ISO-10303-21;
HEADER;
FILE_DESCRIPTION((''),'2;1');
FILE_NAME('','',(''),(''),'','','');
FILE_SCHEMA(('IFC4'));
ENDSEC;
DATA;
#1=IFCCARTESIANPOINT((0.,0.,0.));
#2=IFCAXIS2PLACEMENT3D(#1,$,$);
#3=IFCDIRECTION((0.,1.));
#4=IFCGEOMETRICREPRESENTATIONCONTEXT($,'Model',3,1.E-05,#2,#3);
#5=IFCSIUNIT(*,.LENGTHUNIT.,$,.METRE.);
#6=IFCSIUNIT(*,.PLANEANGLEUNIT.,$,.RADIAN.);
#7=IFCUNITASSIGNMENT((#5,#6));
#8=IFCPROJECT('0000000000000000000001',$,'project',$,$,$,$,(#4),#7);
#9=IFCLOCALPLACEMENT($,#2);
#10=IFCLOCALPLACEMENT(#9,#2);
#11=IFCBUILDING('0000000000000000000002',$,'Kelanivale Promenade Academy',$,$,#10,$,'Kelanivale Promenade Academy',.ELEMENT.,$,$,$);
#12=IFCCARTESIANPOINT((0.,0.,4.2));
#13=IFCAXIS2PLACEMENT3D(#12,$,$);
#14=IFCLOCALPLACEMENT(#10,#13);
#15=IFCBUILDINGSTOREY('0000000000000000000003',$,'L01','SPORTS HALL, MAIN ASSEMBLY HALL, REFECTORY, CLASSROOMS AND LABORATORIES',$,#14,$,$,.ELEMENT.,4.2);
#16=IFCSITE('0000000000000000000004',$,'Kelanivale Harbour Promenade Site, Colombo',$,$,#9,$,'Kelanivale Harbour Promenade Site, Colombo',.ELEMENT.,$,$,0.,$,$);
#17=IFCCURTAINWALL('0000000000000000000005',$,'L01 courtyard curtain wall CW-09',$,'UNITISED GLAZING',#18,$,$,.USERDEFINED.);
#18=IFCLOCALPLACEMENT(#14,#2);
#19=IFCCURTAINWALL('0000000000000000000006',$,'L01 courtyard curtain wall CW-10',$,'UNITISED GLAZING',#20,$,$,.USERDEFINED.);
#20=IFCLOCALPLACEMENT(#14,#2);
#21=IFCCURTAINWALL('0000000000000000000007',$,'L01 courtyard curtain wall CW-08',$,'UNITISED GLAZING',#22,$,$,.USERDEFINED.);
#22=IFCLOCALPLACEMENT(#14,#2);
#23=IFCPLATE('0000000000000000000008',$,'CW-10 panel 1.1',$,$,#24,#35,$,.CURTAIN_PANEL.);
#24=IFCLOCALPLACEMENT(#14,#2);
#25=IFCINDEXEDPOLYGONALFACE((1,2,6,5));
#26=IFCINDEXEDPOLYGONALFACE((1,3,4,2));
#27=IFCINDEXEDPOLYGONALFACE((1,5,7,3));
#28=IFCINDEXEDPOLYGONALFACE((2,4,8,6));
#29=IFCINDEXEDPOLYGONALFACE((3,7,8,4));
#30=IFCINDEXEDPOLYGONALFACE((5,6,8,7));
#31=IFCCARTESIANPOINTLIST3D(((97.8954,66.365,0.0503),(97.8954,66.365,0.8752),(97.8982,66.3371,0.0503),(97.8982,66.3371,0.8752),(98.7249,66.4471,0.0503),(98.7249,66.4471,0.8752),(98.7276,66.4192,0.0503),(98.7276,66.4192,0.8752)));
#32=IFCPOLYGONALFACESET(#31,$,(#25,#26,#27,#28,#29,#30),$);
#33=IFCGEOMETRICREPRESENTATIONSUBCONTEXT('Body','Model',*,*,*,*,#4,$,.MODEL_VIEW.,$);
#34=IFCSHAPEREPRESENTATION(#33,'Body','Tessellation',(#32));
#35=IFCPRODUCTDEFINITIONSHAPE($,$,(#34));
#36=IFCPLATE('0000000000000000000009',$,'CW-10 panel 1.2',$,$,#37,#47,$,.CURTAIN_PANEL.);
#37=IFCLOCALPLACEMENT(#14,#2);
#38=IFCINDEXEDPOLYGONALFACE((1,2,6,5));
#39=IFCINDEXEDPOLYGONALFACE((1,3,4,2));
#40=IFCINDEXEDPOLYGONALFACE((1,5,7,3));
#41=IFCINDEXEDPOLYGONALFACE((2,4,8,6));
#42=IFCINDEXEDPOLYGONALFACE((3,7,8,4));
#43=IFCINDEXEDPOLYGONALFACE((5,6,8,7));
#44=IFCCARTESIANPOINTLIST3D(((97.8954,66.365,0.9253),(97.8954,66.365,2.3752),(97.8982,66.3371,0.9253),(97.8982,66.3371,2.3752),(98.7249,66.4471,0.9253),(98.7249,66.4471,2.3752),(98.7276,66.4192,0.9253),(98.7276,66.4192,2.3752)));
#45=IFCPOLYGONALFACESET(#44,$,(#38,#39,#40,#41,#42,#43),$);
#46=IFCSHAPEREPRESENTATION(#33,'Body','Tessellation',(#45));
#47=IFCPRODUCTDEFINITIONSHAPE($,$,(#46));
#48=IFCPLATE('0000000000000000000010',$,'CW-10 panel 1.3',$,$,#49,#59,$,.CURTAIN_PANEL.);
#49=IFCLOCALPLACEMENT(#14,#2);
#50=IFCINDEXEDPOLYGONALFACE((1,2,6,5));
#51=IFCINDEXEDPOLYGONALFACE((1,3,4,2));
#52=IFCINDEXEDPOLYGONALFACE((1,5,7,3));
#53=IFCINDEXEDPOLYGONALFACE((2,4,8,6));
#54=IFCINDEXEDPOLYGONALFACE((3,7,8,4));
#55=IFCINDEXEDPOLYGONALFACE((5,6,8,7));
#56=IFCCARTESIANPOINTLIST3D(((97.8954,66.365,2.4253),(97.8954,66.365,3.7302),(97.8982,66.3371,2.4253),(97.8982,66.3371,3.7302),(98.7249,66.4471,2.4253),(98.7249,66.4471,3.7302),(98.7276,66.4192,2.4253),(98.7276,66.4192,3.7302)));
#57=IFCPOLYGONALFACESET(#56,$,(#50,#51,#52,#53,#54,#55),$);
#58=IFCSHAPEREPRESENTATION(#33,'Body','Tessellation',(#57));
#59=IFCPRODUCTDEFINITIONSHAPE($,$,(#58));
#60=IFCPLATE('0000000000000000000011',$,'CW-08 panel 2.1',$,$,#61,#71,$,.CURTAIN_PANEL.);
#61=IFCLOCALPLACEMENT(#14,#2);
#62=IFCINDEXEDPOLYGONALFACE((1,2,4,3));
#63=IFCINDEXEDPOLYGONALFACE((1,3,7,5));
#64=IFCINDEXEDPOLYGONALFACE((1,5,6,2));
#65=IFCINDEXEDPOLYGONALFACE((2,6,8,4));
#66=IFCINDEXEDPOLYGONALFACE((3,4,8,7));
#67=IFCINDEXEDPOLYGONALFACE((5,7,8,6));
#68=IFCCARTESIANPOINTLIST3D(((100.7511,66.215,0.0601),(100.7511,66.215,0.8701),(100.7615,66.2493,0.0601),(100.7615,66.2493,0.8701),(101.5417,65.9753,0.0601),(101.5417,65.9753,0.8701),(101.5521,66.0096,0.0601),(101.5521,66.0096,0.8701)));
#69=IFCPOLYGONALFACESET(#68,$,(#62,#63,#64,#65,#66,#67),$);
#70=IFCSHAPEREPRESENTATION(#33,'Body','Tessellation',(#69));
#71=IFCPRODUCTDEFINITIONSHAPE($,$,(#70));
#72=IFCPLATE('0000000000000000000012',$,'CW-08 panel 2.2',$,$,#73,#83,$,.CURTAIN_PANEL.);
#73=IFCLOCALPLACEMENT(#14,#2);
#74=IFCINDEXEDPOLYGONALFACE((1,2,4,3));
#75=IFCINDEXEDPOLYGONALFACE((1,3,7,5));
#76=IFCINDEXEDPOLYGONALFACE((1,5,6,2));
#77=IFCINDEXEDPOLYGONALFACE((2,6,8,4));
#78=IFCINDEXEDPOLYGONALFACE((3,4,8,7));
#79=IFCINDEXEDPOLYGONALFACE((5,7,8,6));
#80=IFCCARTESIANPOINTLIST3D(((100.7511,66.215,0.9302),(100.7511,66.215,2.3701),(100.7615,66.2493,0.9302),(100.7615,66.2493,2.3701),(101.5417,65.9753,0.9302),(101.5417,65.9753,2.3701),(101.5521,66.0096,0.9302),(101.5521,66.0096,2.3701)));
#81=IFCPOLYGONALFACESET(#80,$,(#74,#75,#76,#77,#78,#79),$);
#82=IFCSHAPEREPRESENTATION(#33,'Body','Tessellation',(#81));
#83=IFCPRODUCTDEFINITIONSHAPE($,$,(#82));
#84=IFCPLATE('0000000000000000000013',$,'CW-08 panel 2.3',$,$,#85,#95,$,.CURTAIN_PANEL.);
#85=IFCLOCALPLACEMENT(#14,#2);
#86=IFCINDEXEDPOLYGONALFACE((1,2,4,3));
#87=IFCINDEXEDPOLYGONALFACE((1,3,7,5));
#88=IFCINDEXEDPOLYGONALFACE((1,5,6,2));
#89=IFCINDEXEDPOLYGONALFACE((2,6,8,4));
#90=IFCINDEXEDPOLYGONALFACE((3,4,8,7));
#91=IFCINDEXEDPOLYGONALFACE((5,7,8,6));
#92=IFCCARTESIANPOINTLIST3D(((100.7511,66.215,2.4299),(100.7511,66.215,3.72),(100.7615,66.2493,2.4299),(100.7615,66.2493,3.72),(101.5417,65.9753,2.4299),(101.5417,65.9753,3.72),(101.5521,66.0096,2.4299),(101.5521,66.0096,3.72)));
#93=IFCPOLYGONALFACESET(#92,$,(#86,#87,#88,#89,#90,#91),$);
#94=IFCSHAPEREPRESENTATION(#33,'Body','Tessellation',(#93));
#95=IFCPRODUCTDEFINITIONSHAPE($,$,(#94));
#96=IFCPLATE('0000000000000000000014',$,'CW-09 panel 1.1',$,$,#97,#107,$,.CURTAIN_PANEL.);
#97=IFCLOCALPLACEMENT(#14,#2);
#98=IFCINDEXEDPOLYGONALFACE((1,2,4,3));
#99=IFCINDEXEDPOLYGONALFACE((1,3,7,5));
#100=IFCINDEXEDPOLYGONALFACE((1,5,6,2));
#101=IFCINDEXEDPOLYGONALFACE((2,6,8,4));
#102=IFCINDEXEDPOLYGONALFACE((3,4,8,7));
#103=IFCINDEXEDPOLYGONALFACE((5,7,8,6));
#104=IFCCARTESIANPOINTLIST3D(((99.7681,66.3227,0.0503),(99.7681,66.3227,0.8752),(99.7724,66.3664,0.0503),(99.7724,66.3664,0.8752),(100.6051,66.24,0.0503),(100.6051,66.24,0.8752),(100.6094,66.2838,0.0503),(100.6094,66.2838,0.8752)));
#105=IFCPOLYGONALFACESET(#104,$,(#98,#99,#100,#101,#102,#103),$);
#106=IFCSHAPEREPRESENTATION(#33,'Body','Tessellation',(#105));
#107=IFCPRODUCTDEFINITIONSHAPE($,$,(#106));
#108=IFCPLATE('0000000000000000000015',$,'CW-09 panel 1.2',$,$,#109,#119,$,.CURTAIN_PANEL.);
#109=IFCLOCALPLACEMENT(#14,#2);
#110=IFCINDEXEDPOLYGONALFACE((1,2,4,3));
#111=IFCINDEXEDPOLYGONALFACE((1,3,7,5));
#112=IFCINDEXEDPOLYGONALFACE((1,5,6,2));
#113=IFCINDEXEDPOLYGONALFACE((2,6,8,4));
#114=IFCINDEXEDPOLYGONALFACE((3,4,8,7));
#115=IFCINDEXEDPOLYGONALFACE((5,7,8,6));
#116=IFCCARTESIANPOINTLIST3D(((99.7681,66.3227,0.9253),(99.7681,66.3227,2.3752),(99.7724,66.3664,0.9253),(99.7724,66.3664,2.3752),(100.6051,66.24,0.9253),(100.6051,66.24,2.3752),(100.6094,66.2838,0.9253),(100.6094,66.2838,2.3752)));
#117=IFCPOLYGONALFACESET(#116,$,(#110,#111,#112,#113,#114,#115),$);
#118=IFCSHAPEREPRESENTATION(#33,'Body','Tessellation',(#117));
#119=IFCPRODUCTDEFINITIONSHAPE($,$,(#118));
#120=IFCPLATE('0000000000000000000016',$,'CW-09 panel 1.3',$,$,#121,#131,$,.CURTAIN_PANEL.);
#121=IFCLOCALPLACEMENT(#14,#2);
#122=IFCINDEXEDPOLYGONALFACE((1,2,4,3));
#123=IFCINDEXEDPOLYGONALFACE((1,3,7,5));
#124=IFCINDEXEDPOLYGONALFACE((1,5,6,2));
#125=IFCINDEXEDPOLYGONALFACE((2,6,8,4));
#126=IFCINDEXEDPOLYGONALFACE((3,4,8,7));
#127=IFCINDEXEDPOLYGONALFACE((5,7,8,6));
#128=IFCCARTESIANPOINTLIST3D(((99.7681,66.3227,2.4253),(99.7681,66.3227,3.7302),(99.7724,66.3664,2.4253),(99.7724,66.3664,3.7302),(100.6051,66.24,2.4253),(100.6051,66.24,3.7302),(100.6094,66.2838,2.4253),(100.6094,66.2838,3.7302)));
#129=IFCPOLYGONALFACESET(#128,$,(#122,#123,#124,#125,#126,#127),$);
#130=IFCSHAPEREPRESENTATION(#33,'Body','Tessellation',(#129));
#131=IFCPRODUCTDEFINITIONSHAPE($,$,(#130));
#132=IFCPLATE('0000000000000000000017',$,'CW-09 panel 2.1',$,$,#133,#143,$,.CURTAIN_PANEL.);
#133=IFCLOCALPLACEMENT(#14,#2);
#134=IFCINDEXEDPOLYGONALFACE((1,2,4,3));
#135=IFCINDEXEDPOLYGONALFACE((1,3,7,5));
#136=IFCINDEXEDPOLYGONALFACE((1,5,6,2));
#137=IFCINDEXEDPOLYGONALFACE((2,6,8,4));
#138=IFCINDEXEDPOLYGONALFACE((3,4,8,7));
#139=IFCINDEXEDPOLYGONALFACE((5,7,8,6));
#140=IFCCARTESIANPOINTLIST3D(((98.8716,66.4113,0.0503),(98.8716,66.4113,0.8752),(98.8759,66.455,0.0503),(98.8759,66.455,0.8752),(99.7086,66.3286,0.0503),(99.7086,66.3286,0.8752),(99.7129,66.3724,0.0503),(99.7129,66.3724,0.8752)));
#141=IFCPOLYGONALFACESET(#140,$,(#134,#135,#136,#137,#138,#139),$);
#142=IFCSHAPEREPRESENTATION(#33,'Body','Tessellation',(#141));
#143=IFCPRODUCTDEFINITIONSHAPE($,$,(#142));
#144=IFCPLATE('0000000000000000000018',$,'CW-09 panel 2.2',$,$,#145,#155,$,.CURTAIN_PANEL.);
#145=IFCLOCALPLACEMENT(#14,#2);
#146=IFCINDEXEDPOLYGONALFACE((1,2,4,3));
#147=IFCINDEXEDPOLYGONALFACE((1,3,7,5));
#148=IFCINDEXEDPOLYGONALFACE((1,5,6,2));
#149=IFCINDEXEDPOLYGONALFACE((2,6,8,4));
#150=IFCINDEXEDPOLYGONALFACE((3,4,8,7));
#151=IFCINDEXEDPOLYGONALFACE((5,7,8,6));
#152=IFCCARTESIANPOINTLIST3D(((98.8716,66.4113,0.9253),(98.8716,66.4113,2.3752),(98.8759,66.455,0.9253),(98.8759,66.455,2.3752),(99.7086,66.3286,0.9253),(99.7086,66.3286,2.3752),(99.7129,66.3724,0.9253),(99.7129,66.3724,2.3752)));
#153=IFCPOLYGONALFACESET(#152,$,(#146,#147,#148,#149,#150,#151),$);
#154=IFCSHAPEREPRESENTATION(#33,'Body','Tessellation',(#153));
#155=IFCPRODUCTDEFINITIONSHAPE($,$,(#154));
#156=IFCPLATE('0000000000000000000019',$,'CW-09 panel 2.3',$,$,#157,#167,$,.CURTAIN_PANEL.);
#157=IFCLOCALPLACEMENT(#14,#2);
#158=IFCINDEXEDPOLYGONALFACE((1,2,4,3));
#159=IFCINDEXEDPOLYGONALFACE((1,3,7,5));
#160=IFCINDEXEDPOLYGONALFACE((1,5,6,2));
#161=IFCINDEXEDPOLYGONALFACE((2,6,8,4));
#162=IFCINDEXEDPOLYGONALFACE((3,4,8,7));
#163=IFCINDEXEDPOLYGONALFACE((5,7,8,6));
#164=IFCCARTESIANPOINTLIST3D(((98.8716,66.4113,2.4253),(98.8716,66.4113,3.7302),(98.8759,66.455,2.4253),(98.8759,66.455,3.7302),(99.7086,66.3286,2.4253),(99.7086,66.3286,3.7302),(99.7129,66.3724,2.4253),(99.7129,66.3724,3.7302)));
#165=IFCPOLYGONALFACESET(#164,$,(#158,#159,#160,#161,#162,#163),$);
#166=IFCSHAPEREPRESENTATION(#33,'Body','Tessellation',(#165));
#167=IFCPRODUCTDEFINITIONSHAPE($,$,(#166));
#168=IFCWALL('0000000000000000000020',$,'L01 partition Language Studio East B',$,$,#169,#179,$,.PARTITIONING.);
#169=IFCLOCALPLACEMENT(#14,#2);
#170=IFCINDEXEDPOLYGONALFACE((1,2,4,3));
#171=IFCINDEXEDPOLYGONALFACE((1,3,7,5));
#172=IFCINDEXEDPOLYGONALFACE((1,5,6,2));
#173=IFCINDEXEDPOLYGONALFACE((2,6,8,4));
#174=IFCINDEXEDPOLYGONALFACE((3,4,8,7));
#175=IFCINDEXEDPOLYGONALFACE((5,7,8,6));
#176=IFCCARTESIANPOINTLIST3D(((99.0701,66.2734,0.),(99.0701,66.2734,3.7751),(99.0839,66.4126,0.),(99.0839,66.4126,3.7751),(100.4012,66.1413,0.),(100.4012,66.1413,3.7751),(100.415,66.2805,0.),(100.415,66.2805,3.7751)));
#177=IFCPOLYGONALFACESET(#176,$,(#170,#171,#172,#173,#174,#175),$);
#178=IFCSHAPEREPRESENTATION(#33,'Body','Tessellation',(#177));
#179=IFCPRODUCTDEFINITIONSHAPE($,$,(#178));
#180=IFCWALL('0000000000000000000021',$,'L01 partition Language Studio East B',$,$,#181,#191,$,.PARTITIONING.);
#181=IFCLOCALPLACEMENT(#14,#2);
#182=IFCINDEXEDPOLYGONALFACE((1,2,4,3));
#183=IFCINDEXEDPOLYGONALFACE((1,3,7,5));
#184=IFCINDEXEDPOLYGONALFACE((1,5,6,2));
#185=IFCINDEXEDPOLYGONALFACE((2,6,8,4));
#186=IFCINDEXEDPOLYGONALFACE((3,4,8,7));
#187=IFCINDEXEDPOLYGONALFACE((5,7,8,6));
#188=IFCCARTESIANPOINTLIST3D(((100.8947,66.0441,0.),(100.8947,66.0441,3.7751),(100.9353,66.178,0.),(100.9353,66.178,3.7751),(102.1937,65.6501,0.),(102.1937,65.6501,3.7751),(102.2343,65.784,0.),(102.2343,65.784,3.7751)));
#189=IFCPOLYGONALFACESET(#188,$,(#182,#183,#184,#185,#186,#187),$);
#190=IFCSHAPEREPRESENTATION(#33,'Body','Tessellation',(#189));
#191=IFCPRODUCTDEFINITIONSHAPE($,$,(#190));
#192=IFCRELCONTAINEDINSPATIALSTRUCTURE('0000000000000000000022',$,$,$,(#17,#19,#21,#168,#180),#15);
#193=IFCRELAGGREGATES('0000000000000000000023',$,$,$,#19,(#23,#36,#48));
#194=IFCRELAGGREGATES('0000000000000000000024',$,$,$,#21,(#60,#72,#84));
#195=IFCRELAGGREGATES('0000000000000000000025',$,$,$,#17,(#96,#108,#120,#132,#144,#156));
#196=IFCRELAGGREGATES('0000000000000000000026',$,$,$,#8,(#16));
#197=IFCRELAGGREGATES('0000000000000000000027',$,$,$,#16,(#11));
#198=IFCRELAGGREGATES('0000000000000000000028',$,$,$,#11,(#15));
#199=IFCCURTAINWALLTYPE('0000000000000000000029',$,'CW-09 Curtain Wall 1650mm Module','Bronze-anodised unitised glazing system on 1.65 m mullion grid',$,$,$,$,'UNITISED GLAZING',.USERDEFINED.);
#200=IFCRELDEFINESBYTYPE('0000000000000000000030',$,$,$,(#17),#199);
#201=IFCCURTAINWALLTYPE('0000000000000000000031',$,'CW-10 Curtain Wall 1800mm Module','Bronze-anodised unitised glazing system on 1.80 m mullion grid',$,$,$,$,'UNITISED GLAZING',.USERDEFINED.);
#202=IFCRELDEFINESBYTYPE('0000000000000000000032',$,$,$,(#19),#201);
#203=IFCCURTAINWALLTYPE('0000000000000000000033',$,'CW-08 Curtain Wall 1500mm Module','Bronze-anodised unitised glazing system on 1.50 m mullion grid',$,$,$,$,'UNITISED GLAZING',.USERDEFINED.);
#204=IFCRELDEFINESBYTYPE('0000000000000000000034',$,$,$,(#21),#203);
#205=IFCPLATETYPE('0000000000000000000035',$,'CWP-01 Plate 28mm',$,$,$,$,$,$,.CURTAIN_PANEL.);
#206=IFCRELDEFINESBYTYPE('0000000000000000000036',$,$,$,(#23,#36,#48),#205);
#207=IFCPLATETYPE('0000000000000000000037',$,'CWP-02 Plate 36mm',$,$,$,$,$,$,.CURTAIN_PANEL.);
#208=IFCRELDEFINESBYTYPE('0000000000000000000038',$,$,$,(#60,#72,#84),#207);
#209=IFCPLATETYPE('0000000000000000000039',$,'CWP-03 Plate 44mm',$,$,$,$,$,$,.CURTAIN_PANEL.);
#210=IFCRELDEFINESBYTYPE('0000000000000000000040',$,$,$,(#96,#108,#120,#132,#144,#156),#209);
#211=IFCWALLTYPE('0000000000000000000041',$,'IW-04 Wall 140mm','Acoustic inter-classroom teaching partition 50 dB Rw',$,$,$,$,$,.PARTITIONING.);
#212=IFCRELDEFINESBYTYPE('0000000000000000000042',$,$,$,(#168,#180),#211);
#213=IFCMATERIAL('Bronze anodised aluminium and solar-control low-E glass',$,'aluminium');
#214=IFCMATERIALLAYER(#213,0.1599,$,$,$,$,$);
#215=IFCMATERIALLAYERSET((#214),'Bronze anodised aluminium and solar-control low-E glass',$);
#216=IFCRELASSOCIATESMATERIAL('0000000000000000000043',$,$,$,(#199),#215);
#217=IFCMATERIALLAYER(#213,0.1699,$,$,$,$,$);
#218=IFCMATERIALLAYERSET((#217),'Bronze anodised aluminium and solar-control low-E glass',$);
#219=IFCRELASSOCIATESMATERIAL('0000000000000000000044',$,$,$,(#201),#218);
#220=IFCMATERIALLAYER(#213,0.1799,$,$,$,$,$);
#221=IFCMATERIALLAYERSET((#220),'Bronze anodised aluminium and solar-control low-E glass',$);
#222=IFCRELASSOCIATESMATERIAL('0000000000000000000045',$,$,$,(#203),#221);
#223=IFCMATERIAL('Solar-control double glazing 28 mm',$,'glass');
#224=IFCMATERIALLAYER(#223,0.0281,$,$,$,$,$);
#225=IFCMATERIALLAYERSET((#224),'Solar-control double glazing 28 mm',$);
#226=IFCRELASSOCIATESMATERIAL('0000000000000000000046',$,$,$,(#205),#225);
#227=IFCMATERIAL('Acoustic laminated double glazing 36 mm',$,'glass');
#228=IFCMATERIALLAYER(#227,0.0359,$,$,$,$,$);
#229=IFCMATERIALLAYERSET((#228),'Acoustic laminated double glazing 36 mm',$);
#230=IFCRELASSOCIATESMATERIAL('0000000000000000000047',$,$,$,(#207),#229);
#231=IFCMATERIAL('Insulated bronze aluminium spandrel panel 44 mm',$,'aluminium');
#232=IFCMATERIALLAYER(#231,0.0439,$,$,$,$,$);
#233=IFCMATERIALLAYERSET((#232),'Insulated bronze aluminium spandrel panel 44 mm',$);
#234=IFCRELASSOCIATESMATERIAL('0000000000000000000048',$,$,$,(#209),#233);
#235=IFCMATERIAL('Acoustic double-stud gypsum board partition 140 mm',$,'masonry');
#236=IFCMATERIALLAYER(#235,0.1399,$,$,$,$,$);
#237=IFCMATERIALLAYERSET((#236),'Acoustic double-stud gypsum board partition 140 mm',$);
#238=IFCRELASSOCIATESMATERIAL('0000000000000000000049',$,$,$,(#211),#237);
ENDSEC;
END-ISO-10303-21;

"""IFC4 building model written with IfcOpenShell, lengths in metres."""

from ifc_helpers import new_model, si_unit, direction, frame, frame_2d, origin, origin_2d, place, context, subcontext, project, spatial, rectangle, extrude, material, layer, layer_set, type_object, element, aggregate, save


model = new_model("IFC4")

# Units and contexts
model_context = context("Model", 3, precision=1e-05, world=origin(), true_north=direction((0.0, 1.0)))
body_context = subcontext(model_context, "Body", "Model", "MODEL_VIEW")
ifc_project = project(units=[si_unit("LENGTHUNIT", "METRE"), si_unit("PLANEANGLEUNIT", "RADIAN")], contexts=[model_context])

# Site, building, storey
site_placement = place(None, origin())
site = spatial("IfcSite", under=ifc_project, at=site_placement, Name="Kelanivale Harbour Promenade Site, Colombo", LongName="Kelanivale Harbour Promenade Site, Colombo", CompositionType="ELEMENT", RefElevation=0.0)
building_placement = place(site_placement, origin())
building = spatial("IfcBuilding", under=site, at=building_placement, Name="Kelanivale Promenade Academy", LongName="Kelanivale Promenade Academy", CompositionType="ELEMENT")
storey_placement = place(building_placement, frame((0.0, 0.0, 4.2)))
storey = spatial("IfcBuildingStorey", under=building, at=storey_placement, Name="L01", Description="SPORTS HALL, MAIN ASSEMBLY HALL, REFECTORY, CLASSROOMS AND LABORATORIES", CompositionType="ELEMENT", Elevation=4.2)

# Curtain wall
ifc_material_1 = material(Name="Bronze anodised aluminium and solar-control low-E glass", Category="aluminium")
ifc_layer_1 = layer(ifc_material_1, 0.1599)
ifc_layer_set_1 = layer_set([ifc_layer_1], Name="Bronze anodised aluminium and solar-control low-E glass")
curtain_wall_type_1 = type_object("IfcCurtainWallType", Name="CW-09 Curtain Wall 1650mm Module", Description="Bronze-anodised unitised glazing system on 1.65 m mullion grid", ElementType="UNITISED GLAZING", PredefinedType="USERDEFINED", material=ifc_layer_set_1)
curtain_wall_1_placement = place(storey_placement, origin())
curtain_wall_1 = element("IfcCurtainWall", 1, at=curtain_wall_1_placement, inside=storey, type_object=curtain_wall_type_1, Name="L01 courtyard curtain wall CW-09", ObjectType="UNITISED GLAZING", PredefinedType="USERDEFINED")

# Curtain walls
ifc_layer_2 = layer(ifc_material_1, 0.1699)
ifc_layer_set_2 = layer_set([ifc_layer_2], Name="Bronze anodised aluminium and solar-control low-E glass")
curtain_wall_type_2 = type_object("IfcCurtainWallType", Name="CW-10 Curtain Wall 1800mm Module", Description="Bronze-anodised unitised glazing system on 1.80 m mullion grid", ElementType="UNITISED GLAZING", PredefinedType="USERDEFINED", material=ifc_layer_set_2)
curtain_wall_2_placement = place(storey_placement, origin())
curtain_wall_2 = element("IfcCurtainWall", 2, at=curtain_wall_2_placement, inside=storey, type_object=curtain_wall_type_2, Name="L01 courtyard curtain wall CW-10", ObjectType="UNITISED GLAZING", PredefinedType="USERDEFINED")
ifc_layer_3 = layer(ifc_material_1, 0.1799)
ifc_layer_set_3 = layer_set([ifc_layer_3], Name="Bronze anodised aluminium and solar-control low-E glass")
curtain_wall_type_3 = type_object("IfcCurtainWallType", Name="CW-08 Curtain Wall 1500mm Module", Description="Bronze-anodised unitised glazing system on 1.50 m mullion grid", ElementType="UNITISED GLAZING", PredefinedType="USERDEFINED", material=ifc_layer_set_3)
curtain_wall_3_placement = place(storey_placement, origin())
curtain_wall_3 = element("IfcCurtainWall", 3, at=curtain_wall_3_placement, inside=storey, type_object=curtain_wall_type_3, Name="L01 courtyard curtain wall CW-08", ObjectType="UNITISED GLAZING", PredefinedType="USERDEFINED")

# Plates
ifc_material_2 = material(Name="Solar-control double glazing 28 mm", Category="glass")
ifc_layer_4 = layer(ifc_material_2, 0.0281)
ifc_layer_set_4 = layer_set([ifc_layer_4], Name="Solar-control double glazing 28 mm")
plate_type_1 = type_object("IfcPlateType", Name="CWP-01 Plate 28mm", PredefinedType="CURTAIN_PANEL", material=ifc_layer_set_4)
plate_1_placement = place(storey_placement, frame((98.3115, 66.3921, 0.0503), z_axis=(0.0, 0.0, 1.0), x_axis=(-0.995133, -0.098539, 0.0)))
plate_1 = element("IfcPlate", 4, at=plate_1_placement, type_object=plate_type_1, Name="CW-10 panel 1.1", PredefinedType="CURTAIN_PANEL", context=body_context, shape_type="SweptSolid", body=[
    extrude(rectangle(XDim=0.8335, YDim=0.0281, at=origin_2d()), origin(), (0.0, 0.0, 1.0), 0.825),
])
plate_2_placement = place(storey_placement, frame((98.3115, 66.3921, 0.9253), z_axis=(0.0, 0.0, 1.0), x_axis=(-0.995133, -0.098539, 0.0)))
plate_2 = element("IfcPlate", 5, at=plate_2_placement, type_object=plate_type_1, Name="CW-10 panel 1.2", PredefinedType="CURTAIN_PANEL", context=body_context, shape_type="SweptSolid", body=[
    extrude(rectangle(XDim=0.8335, YDim=0.0281, at=origin_2d()), origin(), (0.0, 0.0, 1.0), 1.45),
])
plate_3_placement = place(storey_placement, frame((98.3115, 66.3921, 2.4253), z_axis=(0.0, 0.0, 1.0), x_axis=(-0.995133, -0.098539, 0.0)))
plate_3 = element("IfcPlate", 6, at=plate_3_placement, type_object=plate_type_1, Name="CW-10 panel 1.3", PredefinedType="CURTAIN_PANEL", context=body_context, shape_type="SweptSolid", body=[
    extrude(rectangle(XDim=0.8335, YDim=0.0281, at=origin_2d()), origin(), (0.0, 0.0, 1.0), 1.3049),
])
aggregate(curtain_wall_2, [plate_1, plate_2, plate_3])
ifc_material_3 = material(Name="Acoustic laminated double glazing 36 mm", Category="glass")
ifc_layer_5 = layer(ifc_material_3, 0.0359)
ifc_layer_set_5 = layer_set([ifc_layer_5], Name="Acoustic laminated double glazing 36 mm")
plate_type_2 = type_object("IfcPlateType", Name="CWP-02 Plate 36mm", PredefinedType="CURTAIN_PANEL", material=ifc_layer_set_5)
plate_4_placement = place(storey_placement, frame((101.1516, 66.1123, 0.0601), z_axis=(0.0, 0.0, 1.0), x_axis=(-0.956988, 0.290128, 0.0)))
plate_4 = element("IfcPlate", 7, at=plate_4_placement, type_object=plate_type_2, Name="CW-08 panel 2.1", PredefinedType="CURTAIN_PANEL", context=body_context, shape_type="SweptSolid", body=[
    extrude(rectangle(XDim=0.8262, YDim=0.0359, at=origin_2d()), origin(), (0.0, 0.0, 1.0), 0.8101),
])
plate_5_placement = place(storey_placement, frame((101.1516, 66.1123, 0.9302), z_axis=(0.0, 0.0, 1.0), x_axis=(-0.956988, 0.290128, 0.0)))
plate_5 = element("IfcPlate", 8, at=plate_5_placement, type_object=plate_type_2, Name="CW-08 panel 2.2", PredefinedType="CURTAIN_PANEL", context=body_context, shape_type="SweptSolid", body=[
    extrude(rectangle(XDim=0.8262, YDim=0.0359, at=origin_2d()), origin(), (0.0, 0.0, 1.0), 1.4399),
])
plate_6_placement = place(storey_placement, frame((101.1516, 66.1123, 2.4299), z_axis=(0.0, 0.0, 1.0), x_axis=(-0.956988, 0.290128, 0.0)))
plate_6 = element("IfcPlate", 9, at=plate_6_placement, type_object=plate_type_2, Name="CW-08 panel 2.3", PredefinedType="CURTAIN_PANEL", context=body_context, shape_type="SweptSolid", body=[
    extrude(rectangle(XDim=0.8262, YDim=0.0359, at=origin_2d()), origin(), (0.0, 0.0, 1.0), 1.29),
])
aggregate(curtain_wall_3, [plate_4, plate_5, plate_6])
ifc_material_4 = material(Name="Insulated bronze aluminium spandrel panel 44 mm", Category="aluminium")
ifc_layer_6 = layer(ifc_material_4, 0.0439)
ifc_layer_set_6 = layer_set([ifc_layer_6], Name="Insulated bronze aluminium spandrel panel 44 mm")
plate_type_3 = type_object("IfcPlateType", Name="CWP-03 Plate 44mm", PredefinedType="CURTAIN_PANEL", material=ifc_layer_set_6)
plate_7_placement = place(storey_placement, frame((100.1887, 66.3032, 0.0503), z_axis=(0.0, 0.0, 1.0), x_axis=(-0.995159, 0.098281, 0.0)))
plate_7 = element("IfcPlate", 10, at=plate_7_placement, type_object=plate_type_3, Name="CW-09 panel 1.1", PredefinedType="CURTAIN_PANEL", context=body_context, shape_type="SweptSolid", body=[
    extrude(rectangle(XDim=0.8411, YDim=0.0439, at=origin_2d()), origin(), (0.0, 0.0, 1.0), 0.825),
])
plate_8_placement = place(storey_placement, frame((100.1887, 66.3032, 0.9253), z_axis=(0.0, 0.0, 1.0), x_axis=(-0.995159, 0.098281, 0.0)))
plate_8 = element("IfcPlate", 11, at=plate_8_placement, type_object=plate_type_3, Name="CW-09 panel 1.2", PredefinedType="CURTAIN_PANEL", context=body_context, shape_type="SweptSolid", body=[
    extrude(rectangle(XDim=0.8411, YDim=0.0439, at=origin_2d()), origin(), (0.0, 0.0, 1.0), 1.45),
])
plate_9_placement = place(storey_placement, frame((100.1887, 66.3032, 2.4253), z_axis=(0.0, 0.0, 1.0), x_axis=(-0.995159, 0.098281, 0.0)))
plate_9 = element("IfcPlate", 12, at=plate_9_placement, type_object=plate_type_3, Name="CW-09 panel 1.3", PredefinedType="CURTAIN_PANEL", context=body_context, shape_type="SweptSolid", body=[
    extrude(rectangle(XDim=0.8411, YDim=0.0439, at=origin_2d()), origin(), (0.0, 0.0, 1.0), 1.3049),
])
plate_10_placement = place(storey_placement, frame((99.2922, 66.3918, 0.0503), z_axis=(0.0, 0.0, 1.0), x_axis=(-0.995159, 0.098281, 0.0)))
plate_10 = element("IfcPlate", 13, at=plate_10_placement, type_object=plate_type_3, Name="CW-09 panel 2.1", PredefinedType="CURTAIN_PANEL", context=body_context, shape_type="SweptSolid", body=[
    extrude(rectangle(XDim=0.8411, YDim=0.0439, at=origin_2d()), origin(), (0.0, 0.0, 1.0), 0.825),
])
plate_11_placement = place(storey_placement, frame((99.2922, 66.3918, 0.9253), z_axis=(0.0, 0.0, 1.0), x_axis=(-0.995159, 0.098281, 0.0)))
plate_11 = element("IfcPlate", 14, at=plate_11_placement, type_object=plate_type_3, Name="CW-09 panel 2.2", PredefinedType="CURTAIN_PANEL", context=body_context, shape_type="SweptSolid", body=[
    extrude(rectangle(XDim=0.8411, YDim=0.0439, at=origin_2d()), origin(), (0.0, 0.0, 1.0), 1.45),
])
plate_12_placement = place(storey_placement, frame((99.2922, 66.3918, 2.4253), z_axis=(0.0, 0.0, 1.0), x_axis=(-0.995159, 0.098281, 0.0)))
plate_12 = element("IfcPlate", 15, at=plate_12_placement, type_object=plate_type_3, Name="CW-09 panel 2.3", PredefinedType="CURTAIN_PANEL", context=body_context, shape_type="SweptSolid", body=[
    extrude(rectangle(XDim=0.8411, YDim=0.0439, at=origin_2d()), origin(), (0.0, 0.0, 1.0), 1.3049),
])
aggregate(curtain_wall_1, [plate_7, plate_8, plate_9, plate_10, plate_11, plate_12])

# Walls
ifc_material_5 = material(Name="Acoustic double-stud gypsum board partition 140 mm", Category="masonry")
ifc_layer_7 = layer(ifc_material_5, 0.1399)
ifc_layer_set_7 = layer_set([ifc_layer_7], Name="Acoustic double-stud gypsum board partition 140 mm")
wall_type = type_object("IfcWallType", Name="IW-04 Wall 140mm", Description="Acoustic inter-classroom teaching partition 50 dB Rw", PredefinedType="PARTITIONING", material=ifc_layer_set_7)
wall_1_placement = place(storey_placement, frame((99.0769, 66.343, 0.0), z_axis=(0.0, 0.0, 1.0), x_axis=(0.995113, -0.098745, 0.0)))
element("IfcWall", 16, at=wall_1_placement, inside=storey, type_object=wall_type, Name="L01 partition Language Studio East B", PredefinedType="PARTITIONING", context=body_context, shape_type="SweptSolid", body=[
    extrude(rectangle(XDim=1.3376, YDim=0.1399, at=frame_2d((0.6689, 0.0))), origin(), (0.0, 0.0, 1.0), 3.7751),
])
wall_2_placement = place(storey_placement, frame((100.915, 66.1111, 0.0), z_axis=(0.0, 0.0, 1.0), x_axis=(0.956946, -0.290267, 0.0)))
element("IfcWall", 17, at=wall_2_placement, inside=storey, type_object=wall_type, Name="L01 partition Language Studio East B", PredefinedType="PARTITIONING", context=body_context, shape_type="SweptSolid", body=[
    extrude(rectangle(XDim=1.3574, YDim=0.1399, at=frame_2d((0.6787, 0.0))), origin(), (0.0, 0.0, 1.0), 3.7751),
])

save(model, "model.ifc")
